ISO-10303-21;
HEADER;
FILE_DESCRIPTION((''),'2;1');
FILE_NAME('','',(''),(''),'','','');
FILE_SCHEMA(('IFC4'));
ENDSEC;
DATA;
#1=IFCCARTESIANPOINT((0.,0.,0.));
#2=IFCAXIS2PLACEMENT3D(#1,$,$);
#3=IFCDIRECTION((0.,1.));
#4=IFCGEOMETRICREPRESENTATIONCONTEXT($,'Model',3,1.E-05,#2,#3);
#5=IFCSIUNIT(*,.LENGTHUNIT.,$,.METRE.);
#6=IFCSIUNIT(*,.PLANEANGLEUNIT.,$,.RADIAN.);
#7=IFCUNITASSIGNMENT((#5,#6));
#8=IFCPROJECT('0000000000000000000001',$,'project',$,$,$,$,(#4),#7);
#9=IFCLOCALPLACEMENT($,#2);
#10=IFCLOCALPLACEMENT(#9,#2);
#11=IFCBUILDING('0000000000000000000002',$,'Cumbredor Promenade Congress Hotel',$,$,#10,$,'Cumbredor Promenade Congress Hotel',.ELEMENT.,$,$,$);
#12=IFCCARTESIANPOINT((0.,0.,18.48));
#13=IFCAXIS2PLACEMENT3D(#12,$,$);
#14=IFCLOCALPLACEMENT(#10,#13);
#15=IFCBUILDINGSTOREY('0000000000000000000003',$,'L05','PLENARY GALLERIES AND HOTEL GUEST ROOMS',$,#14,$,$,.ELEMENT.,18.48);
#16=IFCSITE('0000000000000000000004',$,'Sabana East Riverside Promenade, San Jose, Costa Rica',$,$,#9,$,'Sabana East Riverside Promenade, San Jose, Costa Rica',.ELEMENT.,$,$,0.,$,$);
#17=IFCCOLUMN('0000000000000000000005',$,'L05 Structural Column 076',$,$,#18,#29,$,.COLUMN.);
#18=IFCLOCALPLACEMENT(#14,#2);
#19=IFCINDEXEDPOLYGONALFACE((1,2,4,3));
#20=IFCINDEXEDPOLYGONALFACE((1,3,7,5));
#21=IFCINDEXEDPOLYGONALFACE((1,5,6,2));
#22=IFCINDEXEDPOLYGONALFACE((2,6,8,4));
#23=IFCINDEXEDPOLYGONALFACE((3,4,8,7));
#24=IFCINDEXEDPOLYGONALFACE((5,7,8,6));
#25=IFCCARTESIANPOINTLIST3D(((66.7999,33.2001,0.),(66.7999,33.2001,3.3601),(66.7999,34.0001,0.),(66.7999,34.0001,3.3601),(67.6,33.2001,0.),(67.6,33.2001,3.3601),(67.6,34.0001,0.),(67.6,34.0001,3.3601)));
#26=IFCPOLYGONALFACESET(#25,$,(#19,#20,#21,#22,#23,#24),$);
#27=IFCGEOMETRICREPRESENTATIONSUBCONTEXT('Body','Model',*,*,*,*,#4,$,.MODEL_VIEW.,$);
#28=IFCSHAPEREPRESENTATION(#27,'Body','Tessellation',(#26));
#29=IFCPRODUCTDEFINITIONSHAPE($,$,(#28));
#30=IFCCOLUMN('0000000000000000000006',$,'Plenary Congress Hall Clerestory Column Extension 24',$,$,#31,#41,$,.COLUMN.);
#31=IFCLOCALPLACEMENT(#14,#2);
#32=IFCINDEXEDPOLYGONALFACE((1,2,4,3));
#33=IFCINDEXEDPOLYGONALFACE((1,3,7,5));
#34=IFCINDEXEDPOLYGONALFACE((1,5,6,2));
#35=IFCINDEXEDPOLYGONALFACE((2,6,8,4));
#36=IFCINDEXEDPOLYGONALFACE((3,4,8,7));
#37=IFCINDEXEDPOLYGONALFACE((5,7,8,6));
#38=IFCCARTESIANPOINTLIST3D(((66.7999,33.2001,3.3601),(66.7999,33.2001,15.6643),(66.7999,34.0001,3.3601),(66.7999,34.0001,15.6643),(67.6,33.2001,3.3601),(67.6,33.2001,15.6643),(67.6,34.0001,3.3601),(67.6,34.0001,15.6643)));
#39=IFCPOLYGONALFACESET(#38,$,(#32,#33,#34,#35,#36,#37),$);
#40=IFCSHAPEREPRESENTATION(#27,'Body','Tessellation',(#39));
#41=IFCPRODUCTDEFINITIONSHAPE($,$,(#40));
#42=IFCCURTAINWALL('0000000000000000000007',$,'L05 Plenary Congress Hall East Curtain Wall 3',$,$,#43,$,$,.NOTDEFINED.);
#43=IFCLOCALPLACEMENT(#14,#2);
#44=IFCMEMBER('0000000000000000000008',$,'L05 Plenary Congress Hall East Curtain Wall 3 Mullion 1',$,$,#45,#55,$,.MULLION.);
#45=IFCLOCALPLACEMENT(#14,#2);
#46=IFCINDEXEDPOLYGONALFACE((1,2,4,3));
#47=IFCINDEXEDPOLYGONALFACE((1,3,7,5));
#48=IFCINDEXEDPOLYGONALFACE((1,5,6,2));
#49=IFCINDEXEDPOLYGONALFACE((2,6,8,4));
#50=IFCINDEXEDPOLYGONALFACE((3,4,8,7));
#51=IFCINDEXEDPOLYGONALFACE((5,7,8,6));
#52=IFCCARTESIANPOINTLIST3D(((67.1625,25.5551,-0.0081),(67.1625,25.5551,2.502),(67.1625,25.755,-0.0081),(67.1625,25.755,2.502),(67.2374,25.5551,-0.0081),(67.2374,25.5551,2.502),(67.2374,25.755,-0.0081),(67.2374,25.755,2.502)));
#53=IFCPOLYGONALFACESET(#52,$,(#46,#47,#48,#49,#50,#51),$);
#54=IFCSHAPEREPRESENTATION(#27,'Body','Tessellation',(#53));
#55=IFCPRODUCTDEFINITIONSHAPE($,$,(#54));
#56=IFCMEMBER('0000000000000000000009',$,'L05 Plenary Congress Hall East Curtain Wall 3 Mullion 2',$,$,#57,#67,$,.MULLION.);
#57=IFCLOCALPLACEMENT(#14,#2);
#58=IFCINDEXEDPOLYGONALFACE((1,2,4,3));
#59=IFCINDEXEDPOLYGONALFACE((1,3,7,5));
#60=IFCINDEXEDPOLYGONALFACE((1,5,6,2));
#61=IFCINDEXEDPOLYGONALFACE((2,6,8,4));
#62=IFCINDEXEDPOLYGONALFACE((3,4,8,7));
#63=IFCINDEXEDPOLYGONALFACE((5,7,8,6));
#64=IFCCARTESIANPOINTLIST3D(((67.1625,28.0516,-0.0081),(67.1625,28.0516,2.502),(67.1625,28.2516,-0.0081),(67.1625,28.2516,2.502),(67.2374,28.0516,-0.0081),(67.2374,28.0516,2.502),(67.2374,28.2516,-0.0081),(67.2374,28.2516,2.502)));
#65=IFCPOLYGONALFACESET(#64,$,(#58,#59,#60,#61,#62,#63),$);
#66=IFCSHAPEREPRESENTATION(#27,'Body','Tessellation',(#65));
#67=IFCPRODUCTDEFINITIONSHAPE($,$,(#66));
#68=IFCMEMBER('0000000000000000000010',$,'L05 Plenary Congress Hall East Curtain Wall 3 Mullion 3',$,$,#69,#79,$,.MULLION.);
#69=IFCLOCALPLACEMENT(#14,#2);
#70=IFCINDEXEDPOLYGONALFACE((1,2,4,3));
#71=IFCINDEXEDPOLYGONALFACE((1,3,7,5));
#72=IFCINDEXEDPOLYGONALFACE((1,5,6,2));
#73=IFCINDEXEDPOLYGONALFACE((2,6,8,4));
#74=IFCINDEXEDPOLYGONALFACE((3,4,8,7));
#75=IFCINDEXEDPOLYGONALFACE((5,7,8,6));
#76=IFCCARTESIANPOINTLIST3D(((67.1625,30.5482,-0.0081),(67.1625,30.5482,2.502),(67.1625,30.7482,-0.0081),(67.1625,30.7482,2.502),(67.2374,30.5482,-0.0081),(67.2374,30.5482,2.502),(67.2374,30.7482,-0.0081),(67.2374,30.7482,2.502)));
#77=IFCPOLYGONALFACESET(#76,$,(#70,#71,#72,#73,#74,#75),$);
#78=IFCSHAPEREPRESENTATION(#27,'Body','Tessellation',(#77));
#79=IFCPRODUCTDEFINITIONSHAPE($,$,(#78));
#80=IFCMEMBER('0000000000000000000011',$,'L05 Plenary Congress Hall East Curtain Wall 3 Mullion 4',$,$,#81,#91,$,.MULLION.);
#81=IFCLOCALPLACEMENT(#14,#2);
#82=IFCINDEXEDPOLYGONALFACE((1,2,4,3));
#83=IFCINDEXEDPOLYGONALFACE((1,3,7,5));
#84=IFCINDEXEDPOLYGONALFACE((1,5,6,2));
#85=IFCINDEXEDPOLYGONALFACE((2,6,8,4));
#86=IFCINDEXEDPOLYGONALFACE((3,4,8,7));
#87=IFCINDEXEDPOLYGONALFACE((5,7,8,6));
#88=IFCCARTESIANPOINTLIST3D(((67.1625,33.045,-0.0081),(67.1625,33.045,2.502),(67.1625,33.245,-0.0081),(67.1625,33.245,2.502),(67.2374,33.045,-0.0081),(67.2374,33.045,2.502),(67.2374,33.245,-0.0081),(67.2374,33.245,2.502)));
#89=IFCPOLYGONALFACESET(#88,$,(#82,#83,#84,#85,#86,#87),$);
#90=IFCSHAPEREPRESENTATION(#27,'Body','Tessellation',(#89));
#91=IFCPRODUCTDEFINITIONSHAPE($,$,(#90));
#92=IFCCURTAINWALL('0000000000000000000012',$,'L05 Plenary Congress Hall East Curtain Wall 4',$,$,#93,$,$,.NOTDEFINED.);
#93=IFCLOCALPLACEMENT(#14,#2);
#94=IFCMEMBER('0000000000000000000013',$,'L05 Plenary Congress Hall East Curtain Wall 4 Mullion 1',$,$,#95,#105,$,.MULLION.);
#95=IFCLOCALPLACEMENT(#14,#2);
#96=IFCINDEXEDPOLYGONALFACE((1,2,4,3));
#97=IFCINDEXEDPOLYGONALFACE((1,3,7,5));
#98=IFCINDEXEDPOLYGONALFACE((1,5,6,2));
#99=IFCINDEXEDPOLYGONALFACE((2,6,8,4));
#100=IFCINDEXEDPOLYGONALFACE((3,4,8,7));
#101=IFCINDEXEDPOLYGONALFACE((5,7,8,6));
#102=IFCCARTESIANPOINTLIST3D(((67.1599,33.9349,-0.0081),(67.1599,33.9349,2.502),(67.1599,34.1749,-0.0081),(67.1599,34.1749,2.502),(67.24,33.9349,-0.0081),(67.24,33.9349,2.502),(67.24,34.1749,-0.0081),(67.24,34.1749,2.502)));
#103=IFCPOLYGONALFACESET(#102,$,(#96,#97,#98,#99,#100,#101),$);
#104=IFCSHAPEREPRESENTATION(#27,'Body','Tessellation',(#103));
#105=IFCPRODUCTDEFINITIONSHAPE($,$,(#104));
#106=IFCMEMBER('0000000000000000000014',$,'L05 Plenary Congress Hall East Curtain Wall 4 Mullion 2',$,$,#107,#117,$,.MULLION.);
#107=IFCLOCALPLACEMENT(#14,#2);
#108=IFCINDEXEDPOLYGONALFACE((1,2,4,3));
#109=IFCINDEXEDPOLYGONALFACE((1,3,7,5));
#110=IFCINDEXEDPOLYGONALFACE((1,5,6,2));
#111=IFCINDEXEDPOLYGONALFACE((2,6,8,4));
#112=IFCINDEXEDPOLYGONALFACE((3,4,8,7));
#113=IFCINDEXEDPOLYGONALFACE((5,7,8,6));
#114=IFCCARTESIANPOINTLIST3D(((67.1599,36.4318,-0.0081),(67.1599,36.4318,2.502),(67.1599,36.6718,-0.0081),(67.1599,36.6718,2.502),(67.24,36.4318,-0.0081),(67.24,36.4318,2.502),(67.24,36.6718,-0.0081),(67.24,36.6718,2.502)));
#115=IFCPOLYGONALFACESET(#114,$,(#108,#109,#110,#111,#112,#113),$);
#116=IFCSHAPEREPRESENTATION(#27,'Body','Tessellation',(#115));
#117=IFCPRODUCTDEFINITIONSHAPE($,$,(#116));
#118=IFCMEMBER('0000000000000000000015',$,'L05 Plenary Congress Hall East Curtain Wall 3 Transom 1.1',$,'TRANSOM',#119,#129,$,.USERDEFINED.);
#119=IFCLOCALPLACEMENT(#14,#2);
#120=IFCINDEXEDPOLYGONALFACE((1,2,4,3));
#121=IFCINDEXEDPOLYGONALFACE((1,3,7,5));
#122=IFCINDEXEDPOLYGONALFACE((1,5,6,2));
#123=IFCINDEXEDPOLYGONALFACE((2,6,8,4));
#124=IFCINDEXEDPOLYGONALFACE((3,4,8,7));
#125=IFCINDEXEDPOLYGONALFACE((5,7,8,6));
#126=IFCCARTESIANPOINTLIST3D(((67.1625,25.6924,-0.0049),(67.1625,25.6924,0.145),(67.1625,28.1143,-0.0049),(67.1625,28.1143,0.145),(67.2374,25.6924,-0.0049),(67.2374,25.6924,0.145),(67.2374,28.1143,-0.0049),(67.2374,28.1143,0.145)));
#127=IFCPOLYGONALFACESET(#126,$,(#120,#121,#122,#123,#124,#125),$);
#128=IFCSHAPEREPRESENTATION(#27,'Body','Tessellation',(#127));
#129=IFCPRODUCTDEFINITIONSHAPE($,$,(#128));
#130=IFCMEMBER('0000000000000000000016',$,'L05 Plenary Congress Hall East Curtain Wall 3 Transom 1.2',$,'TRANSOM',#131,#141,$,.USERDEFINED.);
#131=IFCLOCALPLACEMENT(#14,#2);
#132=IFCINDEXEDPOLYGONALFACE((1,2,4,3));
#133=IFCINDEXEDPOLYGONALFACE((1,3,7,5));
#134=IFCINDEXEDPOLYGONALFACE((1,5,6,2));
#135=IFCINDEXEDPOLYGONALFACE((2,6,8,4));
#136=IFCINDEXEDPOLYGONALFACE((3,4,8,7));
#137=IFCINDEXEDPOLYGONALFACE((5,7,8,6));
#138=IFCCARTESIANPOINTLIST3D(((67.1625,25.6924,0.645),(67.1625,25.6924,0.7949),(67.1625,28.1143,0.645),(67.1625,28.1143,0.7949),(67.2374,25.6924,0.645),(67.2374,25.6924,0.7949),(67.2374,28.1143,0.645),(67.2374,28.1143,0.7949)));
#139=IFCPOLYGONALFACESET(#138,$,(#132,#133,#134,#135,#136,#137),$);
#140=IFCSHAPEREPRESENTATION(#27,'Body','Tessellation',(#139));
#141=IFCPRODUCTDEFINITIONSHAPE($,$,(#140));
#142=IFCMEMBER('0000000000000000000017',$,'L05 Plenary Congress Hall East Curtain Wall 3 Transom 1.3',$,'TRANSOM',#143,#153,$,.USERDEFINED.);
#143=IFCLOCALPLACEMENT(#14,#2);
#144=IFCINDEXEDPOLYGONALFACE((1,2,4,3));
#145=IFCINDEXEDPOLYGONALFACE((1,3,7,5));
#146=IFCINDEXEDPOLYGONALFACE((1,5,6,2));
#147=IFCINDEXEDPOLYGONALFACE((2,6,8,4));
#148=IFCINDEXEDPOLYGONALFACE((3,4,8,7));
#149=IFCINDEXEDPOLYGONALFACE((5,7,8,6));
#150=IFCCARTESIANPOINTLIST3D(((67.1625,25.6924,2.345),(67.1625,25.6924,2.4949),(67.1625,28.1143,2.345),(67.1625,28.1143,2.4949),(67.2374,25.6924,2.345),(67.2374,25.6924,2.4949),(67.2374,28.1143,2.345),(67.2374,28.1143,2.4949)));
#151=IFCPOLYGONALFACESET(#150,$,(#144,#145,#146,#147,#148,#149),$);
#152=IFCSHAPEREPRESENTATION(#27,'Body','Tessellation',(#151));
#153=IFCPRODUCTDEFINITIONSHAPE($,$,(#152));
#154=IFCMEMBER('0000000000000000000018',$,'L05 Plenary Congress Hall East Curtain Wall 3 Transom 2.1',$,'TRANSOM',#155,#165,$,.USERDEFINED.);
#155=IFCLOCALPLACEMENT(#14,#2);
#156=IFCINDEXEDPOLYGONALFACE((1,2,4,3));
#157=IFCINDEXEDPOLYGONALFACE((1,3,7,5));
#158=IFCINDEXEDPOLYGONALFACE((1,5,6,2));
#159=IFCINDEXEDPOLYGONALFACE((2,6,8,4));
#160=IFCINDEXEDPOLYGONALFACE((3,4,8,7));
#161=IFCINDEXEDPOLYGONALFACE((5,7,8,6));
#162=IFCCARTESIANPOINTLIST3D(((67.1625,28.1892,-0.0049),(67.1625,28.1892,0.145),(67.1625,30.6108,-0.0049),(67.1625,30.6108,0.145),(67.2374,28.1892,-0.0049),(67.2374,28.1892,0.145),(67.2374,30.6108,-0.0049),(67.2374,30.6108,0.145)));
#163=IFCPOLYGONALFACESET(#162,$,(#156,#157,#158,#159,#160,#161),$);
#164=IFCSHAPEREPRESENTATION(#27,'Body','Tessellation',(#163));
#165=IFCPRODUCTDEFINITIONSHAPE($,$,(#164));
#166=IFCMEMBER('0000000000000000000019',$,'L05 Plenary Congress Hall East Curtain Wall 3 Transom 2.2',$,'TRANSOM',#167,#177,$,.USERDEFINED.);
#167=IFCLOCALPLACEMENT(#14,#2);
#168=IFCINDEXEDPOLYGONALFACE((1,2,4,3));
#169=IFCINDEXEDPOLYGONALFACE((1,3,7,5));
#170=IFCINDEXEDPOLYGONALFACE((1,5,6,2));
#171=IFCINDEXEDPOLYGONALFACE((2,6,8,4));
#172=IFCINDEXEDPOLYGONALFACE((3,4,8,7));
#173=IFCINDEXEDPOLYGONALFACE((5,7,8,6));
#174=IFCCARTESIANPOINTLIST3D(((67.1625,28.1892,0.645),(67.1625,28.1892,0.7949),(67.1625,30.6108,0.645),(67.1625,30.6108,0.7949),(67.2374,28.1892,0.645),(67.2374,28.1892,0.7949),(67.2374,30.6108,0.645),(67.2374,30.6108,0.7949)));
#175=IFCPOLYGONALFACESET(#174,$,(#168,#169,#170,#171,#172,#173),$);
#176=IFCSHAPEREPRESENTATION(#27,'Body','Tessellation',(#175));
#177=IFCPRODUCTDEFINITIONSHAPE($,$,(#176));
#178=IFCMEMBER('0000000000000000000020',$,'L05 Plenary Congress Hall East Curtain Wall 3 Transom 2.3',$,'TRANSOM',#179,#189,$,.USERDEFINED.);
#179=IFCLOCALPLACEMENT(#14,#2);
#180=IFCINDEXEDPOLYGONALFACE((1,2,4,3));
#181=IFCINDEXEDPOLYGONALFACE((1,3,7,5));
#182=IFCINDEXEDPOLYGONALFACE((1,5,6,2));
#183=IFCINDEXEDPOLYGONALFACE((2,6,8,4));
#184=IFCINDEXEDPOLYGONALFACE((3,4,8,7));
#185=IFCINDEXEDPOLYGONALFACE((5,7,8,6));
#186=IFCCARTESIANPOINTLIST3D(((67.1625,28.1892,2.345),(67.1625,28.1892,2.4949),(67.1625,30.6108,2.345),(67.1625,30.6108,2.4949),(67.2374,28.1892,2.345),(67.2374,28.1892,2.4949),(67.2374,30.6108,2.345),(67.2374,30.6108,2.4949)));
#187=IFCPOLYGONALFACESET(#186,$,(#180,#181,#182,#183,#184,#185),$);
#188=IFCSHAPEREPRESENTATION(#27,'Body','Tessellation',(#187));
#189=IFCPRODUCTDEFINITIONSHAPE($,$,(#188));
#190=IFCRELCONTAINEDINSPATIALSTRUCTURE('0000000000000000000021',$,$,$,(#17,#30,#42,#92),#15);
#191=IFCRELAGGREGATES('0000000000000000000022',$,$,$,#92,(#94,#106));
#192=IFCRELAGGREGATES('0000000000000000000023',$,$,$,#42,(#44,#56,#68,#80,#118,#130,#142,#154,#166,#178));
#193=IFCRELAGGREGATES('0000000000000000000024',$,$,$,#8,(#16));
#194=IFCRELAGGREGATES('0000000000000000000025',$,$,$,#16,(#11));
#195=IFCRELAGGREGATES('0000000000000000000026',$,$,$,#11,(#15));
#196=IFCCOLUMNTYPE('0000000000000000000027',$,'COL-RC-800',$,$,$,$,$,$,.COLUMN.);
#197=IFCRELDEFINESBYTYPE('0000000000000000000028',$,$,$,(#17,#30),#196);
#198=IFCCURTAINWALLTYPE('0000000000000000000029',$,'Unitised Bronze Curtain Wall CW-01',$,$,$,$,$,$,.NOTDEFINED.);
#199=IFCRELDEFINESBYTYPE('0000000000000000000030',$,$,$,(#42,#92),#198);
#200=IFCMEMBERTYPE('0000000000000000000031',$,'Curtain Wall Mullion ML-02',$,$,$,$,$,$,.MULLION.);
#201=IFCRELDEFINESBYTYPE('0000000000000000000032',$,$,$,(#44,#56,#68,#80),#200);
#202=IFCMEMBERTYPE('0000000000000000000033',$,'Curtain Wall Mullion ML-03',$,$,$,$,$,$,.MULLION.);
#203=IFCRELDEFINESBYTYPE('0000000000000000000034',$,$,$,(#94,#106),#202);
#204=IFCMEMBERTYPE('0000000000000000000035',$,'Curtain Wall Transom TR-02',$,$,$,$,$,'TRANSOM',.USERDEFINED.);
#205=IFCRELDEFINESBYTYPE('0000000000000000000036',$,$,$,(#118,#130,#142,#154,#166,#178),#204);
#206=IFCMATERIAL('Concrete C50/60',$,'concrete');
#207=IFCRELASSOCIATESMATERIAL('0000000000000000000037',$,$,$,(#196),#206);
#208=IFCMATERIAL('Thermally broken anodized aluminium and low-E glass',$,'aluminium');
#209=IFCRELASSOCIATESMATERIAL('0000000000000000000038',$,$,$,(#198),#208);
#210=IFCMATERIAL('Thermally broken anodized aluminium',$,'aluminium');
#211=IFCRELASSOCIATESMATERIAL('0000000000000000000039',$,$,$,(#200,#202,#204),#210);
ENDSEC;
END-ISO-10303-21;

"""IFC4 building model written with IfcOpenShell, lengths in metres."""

from ifc_helpers import new_model, si_unit, direction, frame, origin, origin_2d, place, context, subcontext, project, spatial, rectangle, extrude, material, material_profile, profile_set, type_object, element, aggregate, save


model = new_model("IFC4")

# Units and contexts
model_context = context("Model", 3, precision=1e-05, world=origin(), true_north=direction((0.0, 1.0)))
body_context = subcontext(model_context, "Body", "Model", "MODEL_VIEW")
ifc_project = project(units=[si_unit("LENGTHUNIT", "METRE"), si_unit("PLANEANGLEUNIT", "RADIAN")], contexts=[model_context])

# Site, building, storey
site_placement = place(None, origin())
site = spatial("IfcSite", under=ifc_project, at=site_placement, Name="Sabana East Riverside Promenade, San Jose, Costa Rica", LongName="Sabana East Riverside Promenade, San Jose, Costa Rica", CompositionType="ELEMENT", RefElevation=0.0)
building_placement = place(site_placement, origin())
building = spatial("IfcBuilding", under=site, at=building_placement, Name="Cumbredor Promenade Congress Hotel", LongName="Cumbredor Promenade Congress Hotel", CompositionType="ELEMENT")
storey_placement = place(building_placement, frame((0.0, 0.0, 18.48)))
storey = spatial("IfcBuildingStorey", under=building, at=storey_placement, Name="L05", Description="PLENARY GALLERIES AND HOTEL GUEST ROOMS", CompositionType="ELEMENT", Elevation=18.48)

# Columns
ifc_material_1 = material(Name="Concrete C50/60", Category="concrete")
ifc_material_profile_1 = material_profile(ifc_material_1, rectangle(XDim=0.8, YDim=0.8, at=origin_2d()), Name="RC 800x800")
ifc_profile_set_1 = profile_set([ifc_material_profile_1], Name="Concrete C50/60")
column_type = type_object("IfcColumnType", Name="COL-RC-800", PredefinedType="COLUMN", material=ifc_profile_set_1)
column_1_placement = place(storey_placement, frame((67.2, 33.6001, 0.0), z_axis=(0.0, 0.0, 1.0), x_axis=(1.0, 0.0, 0.0)))
element("IfcColumn", 1, at=column_1_placement, inside=storey, type_object=column_type, Name="L05 Structural Column 076", PredefinedType="COLUMN", context=body_context, shape_type="SweptSolid", body=[
    extrude(rectangle(XDim=0.8, YDim=0.8, at=origin_2d()), origin(), (0.0, 0.0, 1.0), 3.3601),
])
column_2_placement = place(storey_placement, frame((67.2, 33.6001, 3.3601), z_axis=(0.0, 0.0, 1.0), x_axis=(1.0, 0.0, 0.0)))
element("IfcColumn", 2, at=column_2_placement, inside=storey, type_object=column_type, Name="Plenary Congress Hall Clerestory Column Extension 24", PredefinedType="COLUMN", context=body_context, shape_type="SweptSolid", body=[
    extrude(rectangle(XDim=0.8, YDim=0.8, at=origin_2d()), origin(), (0.0, 0.0, 1.0), 12.3042),
])

# Curtain walls, members
ifc_material_2 = material(Name="Thermally broken anodized aluminium and low-E glass", Category="aluminium")
curtain_wall_type = type_object("IfcCurtainWallType", Name="Unitised Bronze Curtain Wall CW-01", PredefinedType="NOTDEFINED", material=ifc_material_2)
curtain_wall_1_placement = place(storey_placement, origin())
curtain_wall_1 = element("IfcCurtainWall", 3, at=curtain_wall_1_placement, inside=storey, type_object=curtain_wall_type, Name="L05 Plenary Congress Hall East Curtain Wall 3", PredefinedType="NOTDEFINED")
ifc_material_3 = material(Name="Thermally broken anodized aluminium", Category="aluminium")
ifc_material_profile_2 = material_profile(ifc_material_3, rectangle(XDim=0.075, YDim=0.2, at=origin_2d()), Name="ALU MULLION 75x200")
ifc_profile_set_2 = profile_set([ifc_material_profile_2], Name="Thermally broken anodized aluminium")
member_type_1 = type_object("IfcMemberType", Name="Curtain Wall Mullion ML-02", PredefinedType="MULLION", material=ifc_profile_set_2)
member_1_placement = place(storey_placement, frame((67.2, 25.655, -0.0081), z_axis=(0.0, 0.0, 1.0), x_axis=(1.0, 0.0, 0.0)))
member_1 = element("IfcMember", 4, at=member_1_placement, type_object=member_type_1, Name="L05 Plenary Congress Hall East Curtain Wall 3 Mullion 1", PredefinedType="MULLION", context=body_context, shape_type="SweptSolid", body=[
    extrude(rectangle(XDim=0.075, YDim=0.2, at=origin_2d()), origin(), (0.0, 0.0, 1.0), 2.51),
])
member_2_placement = place(storey_placement, frame((67.2, 28.1516, -0.0081), z_axis=(0.0, 0.0, 1.0), x_axis=(1.0, 0.0, 0.0)))
member_2 = element("IfcMember", 5, at=member_2_placement, type_object=member_type_1, Name="L05 Plenary Congress Hall East Curtain Wall 3 Mullion 2", PredefinedType="MULLION", context=body_context, shape_type="SweptSolid", body=[
    extrude(rectangle(XDim=0.075, YDim=0.2, at=origin_2d()), origin(), (0.0, 0.0, 1.0), 2.51),
])
member_3_placement = place(storey_placement, frame((67.2, 30.6482, -0.0081), z_axis=(0.0, 0.0, 1.0), x_axis=(1.0, 0.0, 0.0)))
member_3 = element("IfcMember", 6, at=member_3_placement, type_object=member_type_1, Name="L05 Plenary Congress Hall East Curtain Wall 3 Mullion 3", PredefinedType="MULLION", context=body_context, shape_type="SweptSolid", body=[
    extrude(rectangle(XDim=0.075, YDim=0.2, at=origin_2d()), origin(), (0.0, 0.0, 1.0), 2.51),
])
member_4_placement = place(storey_placement, frame((67.2, 33.145, -0.0081), z_axis=(0.0, 0.0, 1.0), x_axis=(1.0, 0.0, 0.0)))
member_4 = element("IfcMember", 7, at=member_4_placement, type_object=member_type_1, Name="L05 Plenary Congress Hall East Curtain Wall 3 Mullion 4", PredefinedType="MULLION", context=body_context, shape_type="SweptSolid", body=[
    extrude(rectangle(XDim=0.075, YDim=0.2, at=origin_2d()), origin(), (0.0, 0.0, 1.0), 2.51),
])
curtain_wall_2_placement = place(storey_placement, origin())
curtain_wall_2 = element("IfcCurtainWall", 8, at=curtain_wall_2_placement, inside=storey, type_object=curtain_wall_type, Name="L05 Plenary Congress Hall East Curtain Wall 4", PredefinedType="NOTDEFINED")
ifc_material_profile_3 = material_profile(ifc_material_3, rectangle(XDim=0.0801, YDim=0.24, at=origin_2d()), Name="ALU MULLION 80x240")
ifc_profile_set_3 = profile_set([ifc_material_profile_3], Name="Thermally broken anodized aluminium")
member_type_2 = type_object("IfcMemberType", Name="Curtain Wall Mullion ML-03", PredefinedType="MULLION", material=ifc_profile_set_3)
member_5_placement = place(storey_placement, frame((67.2, 34.0549, -0.0081), z_axis=(0.0, 0.0, 1.0), x_axis=(1.0, 0.0, 0.0)))
member_5 = element("IfcMember", 9, at=member_5_placement, type_object=member_type_2, Name="L05 Plenary Congress Hall East Curtain Wall 4 Mullion 1", PredefinedType="MULLION", context=body_context, shape_type="SweptSolid", body=[
    extrude(rectangle(XDim=0.0801, YDim=0.24, at=origin_2d()), origin(), (0.0, 0.0, 1.0), 2.51),
])
member_6_placement = place(storey_placement, frame((67.2, 36.5518, -0.0081), z_axis=(0.0, 0.0, 1.0), x_axis=(1.0, 0.0, 0.0)))
member_6 = element("IfcMember", 10, at=member_6_placement, type_object=member_type_2, Name="L05 Plenary Congress Hall East Curtain Wall 4 Mullion 2", PredefinedType="MULLION", context=body_context, shape_type="SweptSolid", body=[
    extrude(rectangle(XDim=0.0801, YDim=0.24, at=origin_2d()), origin(), (0.0, 0.0, 1.0), 2.51),
])

# Members
ifc_material_profile_4 = material_profile(ifc_material_3, rectangle(XDim=0.075, YDim=0.1499, at=origin_2d()), Name="ALU TRANSOM 75x150")
ifc_profile_set_4 = profile_set([ifc_material_profile_4], Name="Thermally broken anodized aluminium")
member_type_3 = type_object("IfcMemberType", Name="Curtain Wall Transom TR-02", ElementType="TRANSOM", PredefinedType="USERDEFINED", material=ifc_profile_set_4)
member_7_placement = place(storey_placement, frame((67.2, 25.6924, 0.0701), z_axis=(0.0, 1.0, 0.0), x_axis=(-1.0, 0.0, 0.0)))
member_7 = element("IfcMember", 11, at=member_7_placement, type_object=member_type_3, Name="L05 Plenary Congress Hall East Curtain Wall 3 Transom 1.1", ObjectType="TRANSOM", PredefinedType="USERDEFINED", context=body_context, shape_type="SweptSolid", body=[
    extrude(rectangle(XDim=0.075, YDim=0.1499, at=origin_2d()), origin(), (0.0, 0.0, 1.0), 2.4219),
])
member_8_placement = place(storey_placement, frame((67.2, 25.6924, 0.72), z_axis=(0.0, 1.0, 0.0), x_axis=(-1.0, 0.0, 0.0)))
member_8 = element("IfcMember", 12, at=member_8_placement, type_object=member_type_3, Name="L05 Plenary Congress Hall East Curtain Wall 3 Transom 1.2", ObjectType="TRANSOM", PredefinedType="USERDEFINED", context=body_context, shape_type="SweptSolid", body=[
    extrude(rectangle(XDim=0.075, YDim=0.1499, at=origin_2d()), origin(), (0.0, 0.0, 1.0), 2.4219),
])
member_9_placement = place(storey_placement, frame((67.2, 25.6924, 2.4199), z_axis=(0.0, 1.0, 0.0), x_axis=(-1.0, 0.0, 0.0)))
member_9 = element("IfcMember", 13, at=member_9_placement, type_object=member_type_3, Name="L05 Plenary Congress Hall East Curtain Wall 3 Transom 1.3", ObjectType="TRANSOM", PredefinedType="USERDEFINED", context=body_context, shape_type="SweptSolid", body=[
    extrude(rectangle(XDim=0.075, YDim=0.1499, at=origin_2d()), origin(), (0.0, 0.0, 1.0), 2.4219),
])
member_10_placement = place(storey_placement, frame((67.2, 28.1892, 0.0701), z_axis=(0.0, 1.0, 0.0), x_axis=(-1.0, 0.0, 0.0)))
member_10 = element("IfcMember", 14, at=member_10_placement, type_object=member_type_3, Name="L05 Plenary Congress Hall East Curtain Wall 3 Transom 2.1", ObjectType="TRANSOM", PredefinedType="USERDEFINED", context=body_context, shape_type="SweptSolid", body=[
    extrude(rectangle(XDim=0.075, YDim=0.1499, at=origin_2d()), origin(), (0.0, 0.0, 1.0), 2.4216),
])
member_11_placement = place(storey_placement, frame((67.2, 28.1892, 0.72), z_axis=(0.0, 1.0, 0.0), x_axis=(-1.0, 0.0, 0.0)))
member_11 = element("IfcMember", 15, at=member_11_placement, type_object=member_type_3, Name="L05 Plenary Congress Hall East Curtain Wall 3 Transom 2.2", ObjectType="TRANSOM", PredefinedType="USERDEFINED", context=body_context, shape_type="SweptSolid", body=[
    extrude(rectangle(XDim=0.075, YDim=0.1499, at=origin_2d()), origin(), (0.0, 0.0, 1.0), 2.4216),
])
member_12_placement = place(storey_placement, frame((67.2, 28.1892, 2.4199), z_axis=(0.0, 1.0, 0.0), x_axis=(-1.0, 0.0, 0.0)))
member_12 = element("IfcMember", 16, at=member_12_placement, type_object=member_type_3, Name="L05 Plenary Congress Hall East Curtain Wall 3 Transom 2.3", ObjectType="TRANSOM", PredefinedType="USERDEFINED", context=body_context, shape_type="SweptSolid", body=[
    extrude(rectangle(XDim=0.075, YDim=0.1499, at=origin_2d()), origin(), (0.0, 0.0, 1.0), 2.4216),
])

aggregate(curtain_wall_2, [member_5, member_6])
aggregate(curtain_wall_1, [member_1, member_2, member_3, member_4, member_7, member_8, member_9, member_10, member_11, member_12])

save(model, "model.ifc")
